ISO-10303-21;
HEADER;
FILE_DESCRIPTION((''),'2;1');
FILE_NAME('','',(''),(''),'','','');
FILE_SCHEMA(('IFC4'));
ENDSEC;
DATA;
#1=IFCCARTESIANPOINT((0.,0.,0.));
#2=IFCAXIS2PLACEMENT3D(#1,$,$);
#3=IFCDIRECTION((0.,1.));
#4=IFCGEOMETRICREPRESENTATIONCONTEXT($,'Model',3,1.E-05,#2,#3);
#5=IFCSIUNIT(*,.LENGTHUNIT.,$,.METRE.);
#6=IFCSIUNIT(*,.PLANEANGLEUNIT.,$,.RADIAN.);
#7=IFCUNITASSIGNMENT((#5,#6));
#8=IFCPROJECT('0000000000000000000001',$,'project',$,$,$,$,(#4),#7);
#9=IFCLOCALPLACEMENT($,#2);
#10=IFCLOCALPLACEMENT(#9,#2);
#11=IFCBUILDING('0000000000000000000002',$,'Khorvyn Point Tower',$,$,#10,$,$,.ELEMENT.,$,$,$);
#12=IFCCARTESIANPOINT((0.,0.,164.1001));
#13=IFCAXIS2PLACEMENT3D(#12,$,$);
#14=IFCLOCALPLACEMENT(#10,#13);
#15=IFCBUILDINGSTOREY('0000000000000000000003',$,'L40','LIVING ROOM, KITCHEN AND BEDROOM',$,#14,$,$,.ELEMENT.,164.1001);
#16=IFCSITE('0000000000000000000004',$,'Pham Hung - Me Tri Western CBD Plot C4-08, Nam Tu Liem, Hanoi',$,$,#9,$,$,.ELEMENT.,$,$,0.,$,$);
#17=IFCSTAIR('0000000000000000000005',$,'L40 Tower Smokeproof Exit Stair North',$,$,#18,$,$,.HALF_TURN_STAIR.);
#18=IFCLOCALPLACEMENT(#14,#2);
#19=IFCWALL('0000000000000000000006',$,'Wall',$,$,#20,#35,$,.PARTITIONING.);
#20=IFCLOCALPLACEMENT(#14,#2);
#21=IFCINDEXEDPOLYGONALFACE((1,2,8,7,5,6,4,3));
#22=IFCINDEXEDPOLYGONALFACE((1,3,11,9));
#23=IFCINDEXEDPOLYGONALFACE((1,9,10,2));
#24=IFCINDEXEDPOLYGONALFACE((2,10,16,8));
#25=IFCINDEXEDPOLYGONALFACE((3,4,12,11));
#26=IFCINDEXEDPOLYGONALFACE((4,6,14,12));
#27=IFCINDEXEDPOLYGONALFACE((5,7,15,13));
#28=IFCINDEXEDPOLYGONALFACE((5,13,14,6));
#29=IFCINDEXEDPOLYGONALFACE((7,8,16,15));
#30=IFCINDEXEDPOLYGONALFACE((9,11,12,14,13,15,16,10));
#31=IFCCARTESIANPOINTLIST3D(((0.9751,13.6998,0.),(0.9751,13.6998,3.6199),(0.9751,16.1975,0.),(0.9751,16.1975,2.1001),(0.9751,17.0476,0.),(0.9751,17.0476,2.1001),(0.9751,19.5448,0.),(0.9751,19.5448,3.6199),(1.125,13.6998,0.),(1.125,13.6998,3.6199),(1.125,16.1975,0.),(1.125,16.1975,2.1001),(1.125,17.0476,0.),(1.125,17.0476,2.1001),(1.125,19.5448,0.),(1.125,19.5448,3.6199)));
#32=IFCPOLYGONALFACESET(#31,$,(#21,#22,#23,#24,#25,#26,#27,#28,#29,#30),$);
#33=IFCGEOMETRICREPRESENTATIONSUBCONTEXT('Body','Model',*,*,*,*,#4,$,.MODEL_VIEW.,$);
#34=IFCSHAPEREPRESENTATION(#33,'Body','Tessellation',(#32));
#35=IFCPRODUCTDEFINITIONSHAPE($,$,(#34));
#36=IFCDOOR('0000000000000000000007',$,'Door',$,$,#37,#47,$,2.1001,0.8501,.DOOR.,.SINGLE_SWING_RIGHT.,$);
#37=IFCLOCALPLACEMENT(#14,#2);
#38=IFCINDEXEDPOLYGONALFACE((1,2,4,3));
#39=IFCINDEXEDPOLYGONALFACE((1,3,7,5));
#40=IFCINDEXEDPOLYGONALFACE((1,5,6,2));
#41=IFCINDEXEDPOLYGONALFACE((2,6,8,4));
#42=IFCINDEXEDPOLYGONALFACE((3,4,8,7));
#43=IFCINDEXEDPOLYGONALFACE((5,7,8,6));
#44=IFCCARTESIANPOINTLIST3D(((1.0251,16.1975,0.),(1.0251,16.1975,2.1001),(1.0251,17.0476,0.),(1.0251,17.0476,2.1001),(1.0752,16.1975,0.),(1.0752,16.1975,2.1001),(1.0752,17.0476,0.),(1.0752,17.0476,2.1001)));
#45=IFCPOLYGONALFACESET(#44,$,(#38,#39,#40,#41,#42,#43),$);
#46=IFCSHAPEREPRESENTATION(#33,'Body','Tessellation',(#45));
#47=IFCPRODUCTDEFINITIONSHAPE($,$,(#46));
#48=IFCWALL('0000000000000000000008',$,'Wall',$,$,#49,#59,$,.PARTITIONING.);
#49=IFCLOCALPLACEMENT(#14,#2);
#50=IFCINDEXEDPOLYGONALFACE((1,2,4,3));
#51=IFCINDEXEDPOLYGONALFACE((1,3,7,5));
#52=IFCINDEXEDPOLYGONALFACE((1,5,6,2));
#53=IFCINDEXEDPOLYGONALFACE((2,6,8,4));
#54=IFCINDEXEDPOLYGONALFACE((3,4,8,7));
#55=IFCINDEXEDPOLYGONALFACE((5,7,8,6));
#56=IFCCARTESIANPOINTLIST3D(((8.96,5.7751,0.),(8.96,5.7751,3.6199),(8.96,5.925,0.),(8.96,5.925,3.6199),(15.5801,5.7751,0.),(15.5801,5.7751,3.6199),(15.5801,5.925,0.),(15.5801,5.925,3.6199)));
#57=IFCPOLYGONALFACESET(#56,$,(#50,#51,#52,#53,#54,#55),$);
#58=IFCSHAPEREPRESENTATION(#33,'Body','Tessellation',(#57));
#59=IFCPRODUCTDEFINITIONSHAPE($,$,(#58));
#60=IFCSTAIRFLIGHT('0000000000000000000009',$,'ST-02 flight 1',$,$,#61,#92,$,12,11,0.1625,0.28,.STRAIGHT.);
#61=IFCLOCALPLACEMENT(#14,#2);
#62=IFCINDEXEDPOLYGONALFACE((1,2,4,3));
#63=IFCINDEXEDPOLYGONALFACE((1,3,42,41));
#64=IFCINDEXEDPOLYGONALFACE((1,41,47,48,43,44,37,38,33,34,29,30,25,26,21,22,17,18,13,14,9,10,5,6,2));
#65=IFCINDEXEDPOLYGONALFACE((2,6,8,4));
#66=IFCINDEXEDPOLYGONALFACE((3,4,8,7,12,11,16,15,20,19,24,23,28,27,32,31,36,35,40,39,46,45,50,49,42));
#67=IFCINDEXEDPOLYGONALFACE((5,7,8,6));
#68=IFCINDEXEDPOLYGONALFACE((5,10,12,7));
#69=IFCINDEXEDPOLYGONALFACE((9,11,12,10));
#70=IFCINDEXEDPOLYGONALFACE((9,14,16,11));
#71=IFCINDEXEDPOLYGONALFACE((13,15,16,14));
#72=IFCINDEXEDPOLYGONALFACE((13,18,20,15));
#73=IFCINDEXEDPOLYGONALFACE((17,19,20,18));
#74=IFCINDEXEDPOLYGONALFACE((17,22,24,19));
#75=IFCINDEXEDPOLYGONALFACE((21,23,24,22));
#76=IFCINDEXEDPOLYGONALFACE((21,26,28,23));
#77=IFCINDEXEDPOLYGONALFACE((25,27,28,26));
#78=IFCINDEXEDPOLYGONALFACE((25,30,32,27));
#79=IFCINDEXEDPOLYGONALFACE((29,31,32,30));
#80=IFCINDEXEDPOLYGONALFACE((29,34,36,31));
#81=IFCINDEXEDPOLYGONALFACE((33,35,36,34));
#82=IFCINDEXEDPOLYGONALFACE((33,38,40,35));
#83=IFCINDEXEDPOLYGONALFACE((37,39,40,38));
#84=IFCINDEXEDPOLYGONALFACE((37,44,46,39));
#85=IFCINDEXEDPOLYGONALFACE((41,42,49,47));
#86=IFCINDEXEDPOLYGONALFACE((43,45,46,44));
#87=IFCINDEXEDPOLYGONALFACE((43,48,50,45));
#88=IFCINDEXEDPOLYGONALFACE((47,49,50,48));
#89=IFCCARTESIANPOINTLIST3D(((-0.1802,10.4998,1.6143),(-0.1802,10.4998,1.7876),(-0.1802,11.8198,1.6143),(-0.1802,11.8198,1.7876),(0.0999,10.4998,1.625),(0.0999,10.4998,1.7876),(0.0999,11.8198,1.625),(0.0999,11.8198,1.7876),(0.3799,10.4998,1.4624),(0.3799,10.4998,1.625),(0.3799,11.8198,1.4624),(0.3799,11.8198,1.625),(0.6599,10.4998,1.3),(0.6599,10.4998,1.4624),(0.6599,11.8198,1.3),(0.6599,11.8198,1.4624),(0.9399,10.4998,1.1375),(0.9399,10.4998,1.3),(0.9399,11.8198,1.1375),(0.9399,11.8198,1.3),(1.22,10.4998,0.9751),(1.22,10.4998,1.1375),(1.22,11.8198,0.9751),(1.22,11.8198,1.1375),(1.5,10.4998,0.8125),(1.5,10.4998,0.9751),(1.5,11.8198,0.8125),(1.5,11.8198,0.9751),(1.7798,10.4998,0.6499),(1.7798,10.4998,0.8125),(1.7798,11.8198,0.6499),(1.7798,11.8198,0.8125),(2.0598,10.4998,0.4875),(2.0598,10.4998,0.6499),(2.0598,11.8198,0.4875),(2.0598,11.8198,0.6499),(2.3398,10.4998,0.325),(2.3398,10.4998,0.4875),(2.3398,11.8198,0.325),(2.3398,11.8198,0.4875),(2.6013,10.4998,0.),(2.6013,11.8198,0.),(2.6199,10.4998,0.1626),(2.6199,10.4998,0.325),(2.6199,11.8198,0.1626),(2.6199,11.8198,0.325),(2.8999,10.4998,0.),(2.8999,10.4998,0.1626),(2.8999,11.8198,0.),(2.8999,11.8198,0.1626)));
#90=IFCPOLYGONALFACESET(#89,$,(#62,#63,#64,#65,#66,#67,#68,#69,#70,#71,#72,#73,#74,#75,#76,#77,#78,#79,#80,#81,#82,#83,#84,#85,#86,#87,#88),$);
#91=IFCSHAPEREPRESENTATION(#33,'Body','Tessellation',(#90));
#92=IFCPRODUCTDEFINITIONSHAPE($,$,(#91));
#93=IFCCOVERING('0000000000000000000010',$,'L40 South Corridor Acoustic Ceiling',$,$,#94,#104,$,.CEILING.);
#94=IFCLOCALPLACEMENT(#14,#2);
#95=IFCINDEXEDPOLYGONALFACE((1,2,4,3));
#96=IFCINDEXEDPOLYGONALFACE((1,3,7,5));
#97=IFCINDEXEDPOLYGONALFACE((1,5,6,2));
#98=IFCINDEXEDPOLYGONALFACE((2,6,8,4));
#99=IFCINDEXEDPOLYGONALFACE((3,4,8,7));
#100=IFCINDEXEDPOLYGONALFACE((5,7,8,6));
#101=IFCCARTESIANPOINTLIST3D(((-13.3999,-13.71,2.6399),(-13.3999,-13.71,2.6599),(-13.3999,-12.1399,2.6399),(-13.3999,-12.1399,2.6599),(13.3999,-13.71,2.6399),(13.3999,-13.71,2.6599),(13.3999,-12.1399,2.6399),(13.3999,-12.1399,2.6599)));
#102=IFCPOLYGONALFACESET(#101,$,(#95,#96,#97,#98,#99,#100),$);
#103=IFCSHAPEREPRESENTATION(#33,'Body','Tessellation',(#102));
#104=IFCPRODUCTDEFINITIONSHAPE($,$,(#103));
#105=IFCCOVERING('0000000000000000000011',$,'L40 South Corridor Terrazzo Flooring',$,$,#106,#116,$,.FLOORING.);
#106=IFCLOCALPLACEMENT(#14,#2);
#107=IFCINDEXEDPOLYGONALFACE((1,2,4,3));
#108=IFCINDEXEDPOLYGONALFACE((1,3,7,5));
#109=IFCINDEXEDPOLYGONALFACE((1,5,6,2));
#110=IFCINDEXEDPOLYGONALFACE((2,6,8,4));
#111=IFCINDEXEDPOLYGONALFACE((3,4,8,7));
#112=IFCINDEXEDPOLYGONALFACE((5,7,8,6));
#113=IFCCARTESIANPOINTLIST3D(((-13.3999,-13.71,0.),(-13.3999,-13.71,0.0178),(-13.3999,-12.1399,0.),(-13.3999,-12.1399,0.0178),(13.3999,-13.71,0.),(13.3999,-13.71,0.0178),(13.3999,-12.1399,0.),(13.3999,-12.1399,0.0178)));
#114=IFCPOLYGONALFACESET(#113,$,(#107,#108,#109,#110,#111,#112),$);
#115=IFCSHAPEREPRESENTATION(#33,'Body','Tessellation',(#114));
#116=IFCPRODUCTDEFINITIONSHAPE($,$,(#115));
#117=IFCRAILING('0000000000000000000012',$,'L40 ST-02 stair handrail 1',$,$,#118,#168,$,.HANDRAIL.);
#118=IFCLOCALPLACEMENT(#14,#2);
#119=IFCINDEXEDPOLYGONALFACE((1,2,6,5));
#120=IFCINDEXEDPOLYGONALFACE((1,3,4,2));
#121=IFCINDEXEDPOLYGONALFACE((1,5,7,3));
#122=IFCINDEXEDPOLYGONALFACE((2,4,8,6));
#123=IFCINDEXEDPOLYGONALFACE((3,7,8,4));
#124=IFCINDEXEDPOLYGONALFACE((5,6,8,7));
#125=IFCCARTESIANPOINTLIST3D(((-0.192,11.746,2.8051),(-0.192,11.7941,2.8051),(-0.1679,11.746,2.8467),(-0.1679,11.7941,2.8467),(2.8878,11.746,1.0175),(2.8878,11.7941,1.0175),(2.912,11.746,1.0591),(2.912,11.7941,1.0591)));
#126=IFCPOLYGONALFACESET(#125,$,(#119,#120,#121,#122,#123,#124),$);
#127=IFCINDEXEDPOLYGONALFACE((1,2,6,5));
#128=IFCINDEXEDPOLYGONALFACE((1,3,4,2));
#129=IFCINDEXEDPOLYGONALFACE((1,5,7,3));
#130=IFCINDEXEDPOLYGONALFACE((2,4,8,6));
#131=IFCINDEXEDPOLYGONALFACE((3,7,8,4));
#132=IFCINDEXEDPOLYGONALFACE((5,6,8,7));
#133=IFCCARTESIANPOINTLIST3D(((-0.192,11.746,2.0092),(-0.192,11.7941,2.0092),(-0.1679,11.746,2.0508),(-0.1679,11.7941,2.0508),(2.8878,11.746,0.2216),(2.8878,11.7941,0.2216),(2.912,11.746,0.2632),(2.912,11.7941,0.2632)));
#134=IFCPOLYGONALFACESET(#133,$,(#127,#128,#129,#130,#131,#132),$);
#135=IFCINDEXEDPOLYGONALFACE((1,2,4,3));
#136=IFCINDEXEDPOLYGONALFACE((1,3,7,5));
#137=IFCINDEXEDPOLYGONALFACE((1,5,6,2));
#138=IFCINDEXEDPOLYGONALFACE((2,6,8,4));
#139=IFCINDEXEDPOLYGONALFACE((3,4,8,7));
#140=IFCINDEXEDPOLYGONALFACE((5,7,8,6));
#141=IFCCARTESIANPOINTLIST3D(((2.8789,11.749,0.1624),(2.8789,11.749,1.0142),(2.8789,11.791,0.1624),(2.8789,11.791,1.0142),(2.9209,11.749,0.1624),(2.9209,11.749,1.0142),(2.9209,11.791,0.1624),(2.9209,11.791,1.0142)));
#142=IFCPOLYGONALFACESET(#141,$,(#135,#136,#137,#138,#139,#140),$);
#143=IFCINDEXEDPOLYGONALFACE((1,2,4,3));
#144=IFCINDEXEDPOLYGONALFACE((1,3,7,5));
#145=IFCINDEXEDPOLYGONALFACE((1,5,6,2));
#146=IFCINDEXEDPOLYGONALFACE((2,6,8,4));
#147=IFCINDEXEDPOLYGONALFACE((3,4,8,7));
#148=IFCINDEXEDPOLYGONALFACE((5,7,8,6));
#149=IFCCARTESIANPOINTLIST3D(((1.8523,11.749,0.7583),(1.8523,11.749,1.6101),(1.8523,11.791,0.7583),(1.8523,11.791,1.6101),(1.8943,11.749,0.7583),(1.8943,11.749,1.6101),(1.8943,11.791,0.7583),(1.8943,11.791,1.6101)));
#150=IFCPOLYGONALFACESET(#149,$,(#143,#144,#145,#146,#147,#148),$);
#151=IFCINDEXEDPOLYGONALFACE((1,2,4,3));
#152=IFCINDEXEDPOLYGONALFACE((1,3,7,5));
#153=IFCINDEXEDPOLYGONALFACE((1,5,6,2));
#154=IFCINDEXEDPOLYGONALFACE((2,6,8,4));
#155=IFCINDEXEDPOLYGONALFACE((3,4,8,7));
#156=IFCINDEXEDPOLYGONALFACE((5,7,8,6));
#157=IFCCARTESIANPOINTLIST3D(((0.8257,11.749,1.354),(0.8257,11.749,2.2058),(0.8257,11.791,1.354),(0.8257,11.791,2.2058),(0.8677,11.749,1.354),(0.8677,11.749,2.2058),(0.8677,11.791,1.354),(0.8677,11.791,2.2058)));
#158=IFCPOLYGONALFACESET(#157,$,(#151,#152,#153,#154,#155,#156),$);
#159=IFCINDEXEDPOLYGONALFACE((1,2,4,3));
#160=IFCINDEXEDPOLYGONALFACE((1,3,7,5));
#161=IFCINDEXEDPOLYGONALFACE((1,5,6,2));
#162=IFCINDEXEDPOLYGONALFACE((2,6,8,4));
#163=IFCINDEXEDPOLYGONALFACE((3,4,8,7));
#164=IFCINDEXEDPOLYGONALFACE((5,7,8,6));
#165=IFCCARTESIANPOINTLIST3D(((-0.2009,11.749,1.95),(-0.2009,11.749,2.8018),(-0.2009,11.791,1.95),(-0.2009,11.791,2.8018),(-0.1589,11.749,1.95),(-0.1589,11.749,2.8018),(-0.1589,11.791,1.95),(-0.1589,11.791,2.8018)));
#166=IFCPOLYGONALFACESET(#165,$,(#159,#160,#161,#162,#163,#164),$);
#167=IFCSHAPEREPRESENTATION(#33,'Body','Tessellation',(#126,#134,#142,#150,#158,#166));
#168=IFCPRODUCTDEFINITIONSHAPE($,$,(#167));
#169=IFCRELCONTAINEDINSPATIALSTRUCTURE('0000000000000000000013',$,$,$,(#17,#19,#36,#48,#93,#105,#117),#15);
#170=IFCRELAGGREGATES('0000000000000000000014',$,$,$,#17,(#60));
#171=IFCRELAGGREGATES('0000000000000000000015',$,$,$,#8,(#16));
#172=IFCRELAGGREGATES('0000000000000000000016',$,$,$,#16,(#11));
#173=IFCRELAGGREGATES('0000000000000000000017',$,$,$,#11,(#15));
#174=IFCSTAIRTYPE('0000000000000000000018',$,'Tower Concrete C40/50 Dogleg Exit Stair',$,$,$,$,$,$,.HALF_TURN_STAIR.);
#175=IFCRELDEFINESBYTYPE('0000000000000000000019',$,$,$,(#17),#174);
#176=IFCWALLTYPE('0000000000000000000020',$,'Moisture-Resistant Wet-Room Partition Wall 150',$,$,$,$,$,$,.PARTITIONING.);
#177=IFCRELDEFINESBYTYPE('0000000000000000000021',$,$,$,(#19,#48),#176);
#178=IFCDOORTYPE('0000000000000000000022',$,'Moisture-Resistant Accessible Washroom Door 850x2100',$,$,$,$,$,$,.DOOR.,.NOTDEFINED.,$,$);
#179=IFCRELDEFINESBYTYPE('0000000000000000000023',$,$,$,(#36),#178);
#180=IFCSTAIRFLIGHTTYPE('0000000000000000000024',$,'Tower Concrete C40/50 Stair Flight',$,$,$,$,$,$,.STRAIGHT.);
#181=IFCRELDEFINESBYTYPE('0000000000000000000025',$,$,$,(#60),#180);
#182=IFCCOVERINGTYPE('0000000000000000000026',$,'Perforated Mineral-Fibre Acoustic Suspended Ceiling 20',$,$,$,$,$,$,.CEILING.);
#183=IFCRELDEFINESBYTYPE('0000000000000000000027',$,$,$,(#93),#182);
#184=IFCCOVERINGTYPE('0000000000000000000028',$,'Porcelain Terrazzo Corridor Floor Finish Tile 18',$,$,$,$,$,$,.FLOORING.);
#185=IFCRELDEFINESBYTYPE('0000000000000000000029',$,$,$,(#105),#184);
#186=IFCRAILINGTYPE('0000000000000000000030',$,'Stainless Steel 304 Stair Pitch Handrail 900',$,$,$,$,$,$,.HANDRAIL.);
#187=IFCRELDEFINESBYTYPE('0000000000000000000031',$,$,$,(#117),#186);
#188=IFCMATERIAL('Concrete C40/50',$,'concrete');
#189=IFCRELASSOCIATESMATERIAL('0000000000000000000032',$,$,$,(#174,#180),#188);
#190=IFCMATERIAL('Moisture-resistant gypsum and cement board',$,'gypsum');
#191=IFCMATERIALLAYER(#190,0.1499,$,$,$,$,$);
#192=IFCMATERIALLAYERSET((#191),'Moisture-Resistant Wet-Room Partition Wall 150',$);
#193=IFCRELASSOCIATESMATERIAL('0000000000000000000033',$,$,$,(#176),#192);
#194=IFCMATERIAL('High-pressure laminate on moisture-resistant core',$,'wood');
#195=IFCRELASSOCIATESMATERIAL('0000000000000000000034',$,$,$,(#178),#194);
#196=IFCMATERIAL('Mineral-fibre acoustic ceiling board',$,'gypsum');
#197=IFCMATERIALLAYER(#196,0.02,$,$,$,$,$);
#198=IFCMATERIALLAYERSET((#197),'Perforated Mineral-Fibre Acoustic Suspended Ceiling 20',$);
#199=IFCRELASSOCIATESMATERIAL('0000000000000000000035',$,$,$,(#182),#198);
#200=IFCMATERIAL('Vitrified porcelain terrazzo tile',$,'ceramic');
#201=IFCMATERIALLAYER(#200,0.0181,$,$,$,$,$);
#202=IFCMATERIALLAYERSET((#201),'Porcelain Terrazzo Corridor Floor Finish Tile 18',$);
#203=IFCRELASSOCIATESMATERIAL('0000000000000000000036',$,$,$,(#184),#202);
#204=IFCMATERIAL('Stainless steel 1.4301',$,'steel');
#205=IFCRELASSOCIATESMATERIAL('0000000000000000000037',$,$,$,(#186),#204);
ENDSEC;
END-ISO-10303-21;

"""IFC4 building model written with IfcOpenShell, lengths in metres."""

from ifc_helpers import new_model, si_unit, direction, frame, frame_2d, origin, origin_2d, place, context, subcontext, project, spatial, polyline, rectangle, outline, extrude, material, layer, layer_set, type_object, element, fill, aggregate, save


model = new_model("IFC4")

# Units and contexts
model_context = context("Model", 3, precision=1e-05, world=origin(), true_north=direction((0.0, 1.0)))
body_context = subcontext(model_context, "Body", "Model", "MODEL_VIEW")
ifc_project = project(units=[si_unit("LENGTHUNIT", "METRE"), si_unit("PLANEANGLEUNIT", "RADIAN")], contexts=[model_context])

# Site, building, storey
site_placement = place(None, origin())
site = spatial("IfcSite", under=ifc_project, at=site_placement, Name="Pham Hung - Me Tri Western CBD Plot C4-08, Nam Tu Liem, Hanoi", CompositionType="ELEMENT", RefElevation=0.0)
building_placement = place(site_placement, origin())
building = spatial("IfcBuilding", under=site, at=building_placement, Name="Khorvyn Point Tower", CompositionType="ELEMENT")
storey_placement = place(building_placement, frame((0.0, 0.0, 164.1001)))
storey = spatial("IfcBuildingStorey", under=building, at=storey_placement, Name="L40", Description="LIVING ROOM, KITCHEN AND BEDROOM", CompositionType="ELEMENT", Elevation=164.1001)

# Shared definitions
ifc_material_1 = material(Name="Concrete C40/50", Category="concrete")

# Stair
stair_type = type_object("IfcStairType", Name="Tower Concrete C40/50 Dogleg Exit Stair", PredefinedType="HALF_TURN_STAIR", material=ifc_material_1)
stair_placement = place(storey_placement, origin())
stair = element("IfcStair", 1, at=stair_placement, inside=storey, type_object=stair_type, Name="L40 Tower Smokeproof Exit Stair North", PredefinedType="HALF_TURN_STAIR")

# Shared definitions
ifc_material_2 = material(Name="Stainless steel 1.4301", Category="steel")

# Wall, opening, door
ifc_material_3 = material(Name="Moisture-resistant gypsum and cement board", Category="gypsum")
ifc_layer_1 = layer(ifc_material_3, 0.1499)
ifc_layer_set_1 = layer_set([ifc_layer_1], Name="Moisture-Resistant Wet-Room Partition Wall 150")
wall_type_1 = type_object("IfcWallType", Name="Moisture-Resistant Wet-Room Partition Wall 150", PredefinedType="PARTITIONING", material=ifc_layer_set_1)
wall_1_placement = place(storey_placement, frame((1.05, 13.7, 0.0), z_axis=(0.0, 0.0, 1.0), x_axis=(0.0, 1.0, 0.0)))
wall_1 = element("IfcWall", 2, at=wall_1_placement, inside=storey, type_object=wall_type_1, Name="Wall", PredefinedType="PARTITIONING", context=body_context, shape_type="SweptSolid", body=[
    extrude(rectangle(XDim=5.845, YDim=0.1499, at=frame_2d((2.9224, 0.0))), origin(), (0.0, 0.0, 1.0), 3.6199),
])
opening_1_placement = place(wall_1_placement, frame((2.4976, 0.0, 0.0)))
opening_1 = element("IfcOpeningElement", 3, at=opening_1_placement, cuts=wall_1, PredefinedType="OPENING", context=body_context, shape_type="SweptSolid", body=[
    extrude(rectangle(XDim=0.8501, YDim=2.1001, at=frame_2d((0.425, 1.05))), frame((0.0, 0.085, 0.0), z_axis=(0.0, -1.0, 0.0), x_axis=(1.0, 0.0, 0.0)), (0.0, 0.0, 1.0), 0.1699),
])
ifc_material_4 = material(Name="High-pressure laminate on moisture-resistant core", Category="wood")
door_type_1 = type_object("IfcDoorType", Name="Moisture-Resistant Accessible Washroom Door 850x2100", OperationType="NOTDEFINED", PredefinedType="DOOR", material=ifc_material_4)
door_1_placement = place(opening_1_placement, origin())
door_1 = element("IfcDoor", 4, at=door_1_placement, inside=storey, type_object=door_type_1, Name="Door", OperationType="SINGLE_SWING_RIGHT", OverallHeight=2.1001, OverallWidth=0.8501, PredefinedType="DOOR", context=body_context, shape_type="SweptSolid", body=[
    extrude(rectangle(XDim=0.8501, YDim=2.1001, at=frame_2d((0.425, 1.05))), frame((0.0, 0.0249, 0.0), z_axis=(0.0, -1.0, 0.0), x_axis=(1.0, 0.0, 0.0)), (0.0, 0.0, 1.0), 0.05),
])
fill(opening_1, door_1)

# Wall
wall_2_placement = place(storey_placement, frame((8.96, 5.8501, 0.0), z_axis=(0.0, 0.0, 1.0), x_axis=(1.0, 0.0, 0.0)))
element("IfcWall", 5, at=wall_2_placement, inside=storey, type_object=wall_type_1, Name="Wall", PredefinedType="PARTITIONING", context=body_context, shape_type="SweptSolid", body=[
    extrude(rectangle(XDim=6.6201, YDim=0.1499, at=frame_2d((3.3101, 0.0))), origin(), (0.0, 0.0, 1.0), 3.6199),
])

# Stair flight
stair_flight_type = type_object("IfcStairFlightType", Name="Tower Concrete C40/50 Stair Flight", PredefinedType="STRAIGHT", material=ifc_material_1)
stair_flight_placement = place(storey_placement, frame((2.8999, 11.1599, 0.0), z_axis=(0.0, 0.0, 1.0), x_axis=(-1.0, 0.0, 0.0)))
stair_flight = element("IfcStairFlight", 6, at=stair_flight_placement, type_object=stair_flight_type, Name="ST-02 flight 1", NumberOfRisers=12, NumberOfTreads=11, PredefinedType="STRAIGHT", RiserHeight=0.1625, TreadLength=0.28, context=body_context, shape_type="SweptSolid", body=[
    extrude(outline(polyline([(0.0, 0.0), (0.0, 0.1626), (0.28, 0.1626), (0.28, 0.325), (0.5601, 0.325), (0.5601, 0.4875), (0.8401, 0.4875), (0.8401, 0.6499), (1.1201, 0.6499), (1.1201, 0.8125), (1.3999, 0.8125), (1.3999, 0.9751), (1.6799, 0.9751), (1.6799, 1.1375), (1.96, 1.1375), (1.96, 1.3), (2.24, 1.3), (2.24, 1.4624), (2.52, 1.4624), (2.52, 1.625), (2.8, 1.625), (2.8, 1.7876), (3.0801, 1.7876), (3.0801, 1.95), (3.0801, 1.6143), (0.2986, 0.0), (0.0, 0.0)])), frame((0.0, 0.6602, 0.0), z_axis=(0.0, -1.0, 0.0), x_axis=(1.0, 0.0, 0.0)), (0.0, 0.0, 1.0), 1.3201),
])
aggregate(stair, [stair_flight])

# Coverings
ifc_material_5 = material(Name="Mineral-fibre acoustic ceiling board", Category="gypsum")
ifc_layer_2 = layer(ifc_material_5, 0.02)
ifc_layer_set_2 = layer_set([ifc_layer_2], Name="Perforated Mineral-Fibre Acoustic Suspended Ceiling 20")
covering_type_1 = type_object("IfcCoveringType", Name="Perforated Mineral-Fibre Acoustic Suspended Ceiling 20", PredefinedType="CEILING", material=ifc_layer_set_2)
covering_1_placement = place(storey_placement, frame((0.0, 0.0, 2.6399)))
element("IfcCovering", 7, at=covering_1_placement, inside=storey, type_object=covering_type_1, Name="L40 South Corridor Acoustic Ceiling", PredefinedType="CEILING", context=body_context, shape_type="SweptSolid", body=[
    extrude(outline(polyline([(-13.3999, -13.71), (13.3999, -13.71), (13.3999, -12.1399), (-13.3999, -12.1399), (-13.3999, -13.71)])), origin(), (0.0, 0.0, 1.0), 0.02),
])
ifc_material_6 = material(Name="Vitrified porcelain terrazzo tile", Category="ceramic")
ifc_layer_3 = layer(ifc_material_6, 0.0181)
ifc_layer_set_3 = layer_set([ifc_layer_3], Name="Porcelain Terrazzo Corridor Floor Finish Tile 18")
covering_type_2 = type_object("IfcCoveringType", Name="Porcelain Terrazzo Corridor Floor Finish Tile 18", PredefinedType="FLOORING", material=ifc_layer_set_3)
covering_2_placement = place(storey_placement, origin())
element("IfcCovering", 8, at=covering_2_placement, inside=storey, type_object=covering_type_2, Name="L40 South Corridor Terrazzo Flooring", PredefinedType="FLOORING", context=body_context, shape_type="SweptSolid", body=[
    extrude(outline(polyline([(-13.3999, -13.71), (13.3999, -13.71), (13.3999, -12.1399), (-13.3999, -12.1399), (-13.3999, -13.71)])), origin(), (0.0, 0.0, 1.0), 0.0178),
])

# Railing
railing_type_1 = type_object("IfcRailingType", Name="Stainless Steel 304 Stair Pitch Handrail 900", PredefinedType="HANDRAIL", material=ifc_material_2)
railing_1_placement = place(storey_placement, frame((2.8999, 11.77, 0.1624)))
element("IfcRailing", 9, at=railing_1_placement, inside=storey, type_object=railing_type_1, Name="L40 ST-02 stair handrail 1", PredefinedType="HANDRAIL", context=body_context, shape_type="SweptSolid", body=[
    extrude(rectangle(XDim=0.0481, YDim=0.0481, at=origin_2d()), frame((0.0, 0.0, 0.876), z_axis=(-0.864873, 0.0, 0.50199), x_axis=(0.0, -1.0, 0.0)), (0.0, 0.0, 1.0), 3.561),
    extrude(rectangle(XDim=0.0481, YDim=0.0481, at=origin_2d()), frame((0.0, 0.0, 0.0801), z_axis=(-0.864873, 0.0, 0.50199), x_axis=(0.0, -1.0, 0.0)), (0.0, 0.0, 1.0), 3.561),
    extrude(rectangle(XDim=0.042, YDim=0.042, at=origin_2d()), origin(), (0.0, 0.0, 1.0), 0.8518),
    extrude(rectangle(XDim=0.042, YDim=0.042, at=origin_2d()), frame((-1.0266, 0.0, 0.5959)), (0.0, 0.0, 1.0), 0.8518),
    extrude(rectangle(XDim=0.042, YDim=0.042, at=origin_2d()), frame((-2.0532, 0.0, 1.1917)), (0.0, 0.0, 1.0), 0.8518),
    extrude(rectangle(XDim=0.042, YDim=0.042, at=origin_2d()), frame((-3.0798, 0.0, 1.7876)), (0.0, 0.0, 1.0), 0.8518),
])

save(model, "model.ifc")
